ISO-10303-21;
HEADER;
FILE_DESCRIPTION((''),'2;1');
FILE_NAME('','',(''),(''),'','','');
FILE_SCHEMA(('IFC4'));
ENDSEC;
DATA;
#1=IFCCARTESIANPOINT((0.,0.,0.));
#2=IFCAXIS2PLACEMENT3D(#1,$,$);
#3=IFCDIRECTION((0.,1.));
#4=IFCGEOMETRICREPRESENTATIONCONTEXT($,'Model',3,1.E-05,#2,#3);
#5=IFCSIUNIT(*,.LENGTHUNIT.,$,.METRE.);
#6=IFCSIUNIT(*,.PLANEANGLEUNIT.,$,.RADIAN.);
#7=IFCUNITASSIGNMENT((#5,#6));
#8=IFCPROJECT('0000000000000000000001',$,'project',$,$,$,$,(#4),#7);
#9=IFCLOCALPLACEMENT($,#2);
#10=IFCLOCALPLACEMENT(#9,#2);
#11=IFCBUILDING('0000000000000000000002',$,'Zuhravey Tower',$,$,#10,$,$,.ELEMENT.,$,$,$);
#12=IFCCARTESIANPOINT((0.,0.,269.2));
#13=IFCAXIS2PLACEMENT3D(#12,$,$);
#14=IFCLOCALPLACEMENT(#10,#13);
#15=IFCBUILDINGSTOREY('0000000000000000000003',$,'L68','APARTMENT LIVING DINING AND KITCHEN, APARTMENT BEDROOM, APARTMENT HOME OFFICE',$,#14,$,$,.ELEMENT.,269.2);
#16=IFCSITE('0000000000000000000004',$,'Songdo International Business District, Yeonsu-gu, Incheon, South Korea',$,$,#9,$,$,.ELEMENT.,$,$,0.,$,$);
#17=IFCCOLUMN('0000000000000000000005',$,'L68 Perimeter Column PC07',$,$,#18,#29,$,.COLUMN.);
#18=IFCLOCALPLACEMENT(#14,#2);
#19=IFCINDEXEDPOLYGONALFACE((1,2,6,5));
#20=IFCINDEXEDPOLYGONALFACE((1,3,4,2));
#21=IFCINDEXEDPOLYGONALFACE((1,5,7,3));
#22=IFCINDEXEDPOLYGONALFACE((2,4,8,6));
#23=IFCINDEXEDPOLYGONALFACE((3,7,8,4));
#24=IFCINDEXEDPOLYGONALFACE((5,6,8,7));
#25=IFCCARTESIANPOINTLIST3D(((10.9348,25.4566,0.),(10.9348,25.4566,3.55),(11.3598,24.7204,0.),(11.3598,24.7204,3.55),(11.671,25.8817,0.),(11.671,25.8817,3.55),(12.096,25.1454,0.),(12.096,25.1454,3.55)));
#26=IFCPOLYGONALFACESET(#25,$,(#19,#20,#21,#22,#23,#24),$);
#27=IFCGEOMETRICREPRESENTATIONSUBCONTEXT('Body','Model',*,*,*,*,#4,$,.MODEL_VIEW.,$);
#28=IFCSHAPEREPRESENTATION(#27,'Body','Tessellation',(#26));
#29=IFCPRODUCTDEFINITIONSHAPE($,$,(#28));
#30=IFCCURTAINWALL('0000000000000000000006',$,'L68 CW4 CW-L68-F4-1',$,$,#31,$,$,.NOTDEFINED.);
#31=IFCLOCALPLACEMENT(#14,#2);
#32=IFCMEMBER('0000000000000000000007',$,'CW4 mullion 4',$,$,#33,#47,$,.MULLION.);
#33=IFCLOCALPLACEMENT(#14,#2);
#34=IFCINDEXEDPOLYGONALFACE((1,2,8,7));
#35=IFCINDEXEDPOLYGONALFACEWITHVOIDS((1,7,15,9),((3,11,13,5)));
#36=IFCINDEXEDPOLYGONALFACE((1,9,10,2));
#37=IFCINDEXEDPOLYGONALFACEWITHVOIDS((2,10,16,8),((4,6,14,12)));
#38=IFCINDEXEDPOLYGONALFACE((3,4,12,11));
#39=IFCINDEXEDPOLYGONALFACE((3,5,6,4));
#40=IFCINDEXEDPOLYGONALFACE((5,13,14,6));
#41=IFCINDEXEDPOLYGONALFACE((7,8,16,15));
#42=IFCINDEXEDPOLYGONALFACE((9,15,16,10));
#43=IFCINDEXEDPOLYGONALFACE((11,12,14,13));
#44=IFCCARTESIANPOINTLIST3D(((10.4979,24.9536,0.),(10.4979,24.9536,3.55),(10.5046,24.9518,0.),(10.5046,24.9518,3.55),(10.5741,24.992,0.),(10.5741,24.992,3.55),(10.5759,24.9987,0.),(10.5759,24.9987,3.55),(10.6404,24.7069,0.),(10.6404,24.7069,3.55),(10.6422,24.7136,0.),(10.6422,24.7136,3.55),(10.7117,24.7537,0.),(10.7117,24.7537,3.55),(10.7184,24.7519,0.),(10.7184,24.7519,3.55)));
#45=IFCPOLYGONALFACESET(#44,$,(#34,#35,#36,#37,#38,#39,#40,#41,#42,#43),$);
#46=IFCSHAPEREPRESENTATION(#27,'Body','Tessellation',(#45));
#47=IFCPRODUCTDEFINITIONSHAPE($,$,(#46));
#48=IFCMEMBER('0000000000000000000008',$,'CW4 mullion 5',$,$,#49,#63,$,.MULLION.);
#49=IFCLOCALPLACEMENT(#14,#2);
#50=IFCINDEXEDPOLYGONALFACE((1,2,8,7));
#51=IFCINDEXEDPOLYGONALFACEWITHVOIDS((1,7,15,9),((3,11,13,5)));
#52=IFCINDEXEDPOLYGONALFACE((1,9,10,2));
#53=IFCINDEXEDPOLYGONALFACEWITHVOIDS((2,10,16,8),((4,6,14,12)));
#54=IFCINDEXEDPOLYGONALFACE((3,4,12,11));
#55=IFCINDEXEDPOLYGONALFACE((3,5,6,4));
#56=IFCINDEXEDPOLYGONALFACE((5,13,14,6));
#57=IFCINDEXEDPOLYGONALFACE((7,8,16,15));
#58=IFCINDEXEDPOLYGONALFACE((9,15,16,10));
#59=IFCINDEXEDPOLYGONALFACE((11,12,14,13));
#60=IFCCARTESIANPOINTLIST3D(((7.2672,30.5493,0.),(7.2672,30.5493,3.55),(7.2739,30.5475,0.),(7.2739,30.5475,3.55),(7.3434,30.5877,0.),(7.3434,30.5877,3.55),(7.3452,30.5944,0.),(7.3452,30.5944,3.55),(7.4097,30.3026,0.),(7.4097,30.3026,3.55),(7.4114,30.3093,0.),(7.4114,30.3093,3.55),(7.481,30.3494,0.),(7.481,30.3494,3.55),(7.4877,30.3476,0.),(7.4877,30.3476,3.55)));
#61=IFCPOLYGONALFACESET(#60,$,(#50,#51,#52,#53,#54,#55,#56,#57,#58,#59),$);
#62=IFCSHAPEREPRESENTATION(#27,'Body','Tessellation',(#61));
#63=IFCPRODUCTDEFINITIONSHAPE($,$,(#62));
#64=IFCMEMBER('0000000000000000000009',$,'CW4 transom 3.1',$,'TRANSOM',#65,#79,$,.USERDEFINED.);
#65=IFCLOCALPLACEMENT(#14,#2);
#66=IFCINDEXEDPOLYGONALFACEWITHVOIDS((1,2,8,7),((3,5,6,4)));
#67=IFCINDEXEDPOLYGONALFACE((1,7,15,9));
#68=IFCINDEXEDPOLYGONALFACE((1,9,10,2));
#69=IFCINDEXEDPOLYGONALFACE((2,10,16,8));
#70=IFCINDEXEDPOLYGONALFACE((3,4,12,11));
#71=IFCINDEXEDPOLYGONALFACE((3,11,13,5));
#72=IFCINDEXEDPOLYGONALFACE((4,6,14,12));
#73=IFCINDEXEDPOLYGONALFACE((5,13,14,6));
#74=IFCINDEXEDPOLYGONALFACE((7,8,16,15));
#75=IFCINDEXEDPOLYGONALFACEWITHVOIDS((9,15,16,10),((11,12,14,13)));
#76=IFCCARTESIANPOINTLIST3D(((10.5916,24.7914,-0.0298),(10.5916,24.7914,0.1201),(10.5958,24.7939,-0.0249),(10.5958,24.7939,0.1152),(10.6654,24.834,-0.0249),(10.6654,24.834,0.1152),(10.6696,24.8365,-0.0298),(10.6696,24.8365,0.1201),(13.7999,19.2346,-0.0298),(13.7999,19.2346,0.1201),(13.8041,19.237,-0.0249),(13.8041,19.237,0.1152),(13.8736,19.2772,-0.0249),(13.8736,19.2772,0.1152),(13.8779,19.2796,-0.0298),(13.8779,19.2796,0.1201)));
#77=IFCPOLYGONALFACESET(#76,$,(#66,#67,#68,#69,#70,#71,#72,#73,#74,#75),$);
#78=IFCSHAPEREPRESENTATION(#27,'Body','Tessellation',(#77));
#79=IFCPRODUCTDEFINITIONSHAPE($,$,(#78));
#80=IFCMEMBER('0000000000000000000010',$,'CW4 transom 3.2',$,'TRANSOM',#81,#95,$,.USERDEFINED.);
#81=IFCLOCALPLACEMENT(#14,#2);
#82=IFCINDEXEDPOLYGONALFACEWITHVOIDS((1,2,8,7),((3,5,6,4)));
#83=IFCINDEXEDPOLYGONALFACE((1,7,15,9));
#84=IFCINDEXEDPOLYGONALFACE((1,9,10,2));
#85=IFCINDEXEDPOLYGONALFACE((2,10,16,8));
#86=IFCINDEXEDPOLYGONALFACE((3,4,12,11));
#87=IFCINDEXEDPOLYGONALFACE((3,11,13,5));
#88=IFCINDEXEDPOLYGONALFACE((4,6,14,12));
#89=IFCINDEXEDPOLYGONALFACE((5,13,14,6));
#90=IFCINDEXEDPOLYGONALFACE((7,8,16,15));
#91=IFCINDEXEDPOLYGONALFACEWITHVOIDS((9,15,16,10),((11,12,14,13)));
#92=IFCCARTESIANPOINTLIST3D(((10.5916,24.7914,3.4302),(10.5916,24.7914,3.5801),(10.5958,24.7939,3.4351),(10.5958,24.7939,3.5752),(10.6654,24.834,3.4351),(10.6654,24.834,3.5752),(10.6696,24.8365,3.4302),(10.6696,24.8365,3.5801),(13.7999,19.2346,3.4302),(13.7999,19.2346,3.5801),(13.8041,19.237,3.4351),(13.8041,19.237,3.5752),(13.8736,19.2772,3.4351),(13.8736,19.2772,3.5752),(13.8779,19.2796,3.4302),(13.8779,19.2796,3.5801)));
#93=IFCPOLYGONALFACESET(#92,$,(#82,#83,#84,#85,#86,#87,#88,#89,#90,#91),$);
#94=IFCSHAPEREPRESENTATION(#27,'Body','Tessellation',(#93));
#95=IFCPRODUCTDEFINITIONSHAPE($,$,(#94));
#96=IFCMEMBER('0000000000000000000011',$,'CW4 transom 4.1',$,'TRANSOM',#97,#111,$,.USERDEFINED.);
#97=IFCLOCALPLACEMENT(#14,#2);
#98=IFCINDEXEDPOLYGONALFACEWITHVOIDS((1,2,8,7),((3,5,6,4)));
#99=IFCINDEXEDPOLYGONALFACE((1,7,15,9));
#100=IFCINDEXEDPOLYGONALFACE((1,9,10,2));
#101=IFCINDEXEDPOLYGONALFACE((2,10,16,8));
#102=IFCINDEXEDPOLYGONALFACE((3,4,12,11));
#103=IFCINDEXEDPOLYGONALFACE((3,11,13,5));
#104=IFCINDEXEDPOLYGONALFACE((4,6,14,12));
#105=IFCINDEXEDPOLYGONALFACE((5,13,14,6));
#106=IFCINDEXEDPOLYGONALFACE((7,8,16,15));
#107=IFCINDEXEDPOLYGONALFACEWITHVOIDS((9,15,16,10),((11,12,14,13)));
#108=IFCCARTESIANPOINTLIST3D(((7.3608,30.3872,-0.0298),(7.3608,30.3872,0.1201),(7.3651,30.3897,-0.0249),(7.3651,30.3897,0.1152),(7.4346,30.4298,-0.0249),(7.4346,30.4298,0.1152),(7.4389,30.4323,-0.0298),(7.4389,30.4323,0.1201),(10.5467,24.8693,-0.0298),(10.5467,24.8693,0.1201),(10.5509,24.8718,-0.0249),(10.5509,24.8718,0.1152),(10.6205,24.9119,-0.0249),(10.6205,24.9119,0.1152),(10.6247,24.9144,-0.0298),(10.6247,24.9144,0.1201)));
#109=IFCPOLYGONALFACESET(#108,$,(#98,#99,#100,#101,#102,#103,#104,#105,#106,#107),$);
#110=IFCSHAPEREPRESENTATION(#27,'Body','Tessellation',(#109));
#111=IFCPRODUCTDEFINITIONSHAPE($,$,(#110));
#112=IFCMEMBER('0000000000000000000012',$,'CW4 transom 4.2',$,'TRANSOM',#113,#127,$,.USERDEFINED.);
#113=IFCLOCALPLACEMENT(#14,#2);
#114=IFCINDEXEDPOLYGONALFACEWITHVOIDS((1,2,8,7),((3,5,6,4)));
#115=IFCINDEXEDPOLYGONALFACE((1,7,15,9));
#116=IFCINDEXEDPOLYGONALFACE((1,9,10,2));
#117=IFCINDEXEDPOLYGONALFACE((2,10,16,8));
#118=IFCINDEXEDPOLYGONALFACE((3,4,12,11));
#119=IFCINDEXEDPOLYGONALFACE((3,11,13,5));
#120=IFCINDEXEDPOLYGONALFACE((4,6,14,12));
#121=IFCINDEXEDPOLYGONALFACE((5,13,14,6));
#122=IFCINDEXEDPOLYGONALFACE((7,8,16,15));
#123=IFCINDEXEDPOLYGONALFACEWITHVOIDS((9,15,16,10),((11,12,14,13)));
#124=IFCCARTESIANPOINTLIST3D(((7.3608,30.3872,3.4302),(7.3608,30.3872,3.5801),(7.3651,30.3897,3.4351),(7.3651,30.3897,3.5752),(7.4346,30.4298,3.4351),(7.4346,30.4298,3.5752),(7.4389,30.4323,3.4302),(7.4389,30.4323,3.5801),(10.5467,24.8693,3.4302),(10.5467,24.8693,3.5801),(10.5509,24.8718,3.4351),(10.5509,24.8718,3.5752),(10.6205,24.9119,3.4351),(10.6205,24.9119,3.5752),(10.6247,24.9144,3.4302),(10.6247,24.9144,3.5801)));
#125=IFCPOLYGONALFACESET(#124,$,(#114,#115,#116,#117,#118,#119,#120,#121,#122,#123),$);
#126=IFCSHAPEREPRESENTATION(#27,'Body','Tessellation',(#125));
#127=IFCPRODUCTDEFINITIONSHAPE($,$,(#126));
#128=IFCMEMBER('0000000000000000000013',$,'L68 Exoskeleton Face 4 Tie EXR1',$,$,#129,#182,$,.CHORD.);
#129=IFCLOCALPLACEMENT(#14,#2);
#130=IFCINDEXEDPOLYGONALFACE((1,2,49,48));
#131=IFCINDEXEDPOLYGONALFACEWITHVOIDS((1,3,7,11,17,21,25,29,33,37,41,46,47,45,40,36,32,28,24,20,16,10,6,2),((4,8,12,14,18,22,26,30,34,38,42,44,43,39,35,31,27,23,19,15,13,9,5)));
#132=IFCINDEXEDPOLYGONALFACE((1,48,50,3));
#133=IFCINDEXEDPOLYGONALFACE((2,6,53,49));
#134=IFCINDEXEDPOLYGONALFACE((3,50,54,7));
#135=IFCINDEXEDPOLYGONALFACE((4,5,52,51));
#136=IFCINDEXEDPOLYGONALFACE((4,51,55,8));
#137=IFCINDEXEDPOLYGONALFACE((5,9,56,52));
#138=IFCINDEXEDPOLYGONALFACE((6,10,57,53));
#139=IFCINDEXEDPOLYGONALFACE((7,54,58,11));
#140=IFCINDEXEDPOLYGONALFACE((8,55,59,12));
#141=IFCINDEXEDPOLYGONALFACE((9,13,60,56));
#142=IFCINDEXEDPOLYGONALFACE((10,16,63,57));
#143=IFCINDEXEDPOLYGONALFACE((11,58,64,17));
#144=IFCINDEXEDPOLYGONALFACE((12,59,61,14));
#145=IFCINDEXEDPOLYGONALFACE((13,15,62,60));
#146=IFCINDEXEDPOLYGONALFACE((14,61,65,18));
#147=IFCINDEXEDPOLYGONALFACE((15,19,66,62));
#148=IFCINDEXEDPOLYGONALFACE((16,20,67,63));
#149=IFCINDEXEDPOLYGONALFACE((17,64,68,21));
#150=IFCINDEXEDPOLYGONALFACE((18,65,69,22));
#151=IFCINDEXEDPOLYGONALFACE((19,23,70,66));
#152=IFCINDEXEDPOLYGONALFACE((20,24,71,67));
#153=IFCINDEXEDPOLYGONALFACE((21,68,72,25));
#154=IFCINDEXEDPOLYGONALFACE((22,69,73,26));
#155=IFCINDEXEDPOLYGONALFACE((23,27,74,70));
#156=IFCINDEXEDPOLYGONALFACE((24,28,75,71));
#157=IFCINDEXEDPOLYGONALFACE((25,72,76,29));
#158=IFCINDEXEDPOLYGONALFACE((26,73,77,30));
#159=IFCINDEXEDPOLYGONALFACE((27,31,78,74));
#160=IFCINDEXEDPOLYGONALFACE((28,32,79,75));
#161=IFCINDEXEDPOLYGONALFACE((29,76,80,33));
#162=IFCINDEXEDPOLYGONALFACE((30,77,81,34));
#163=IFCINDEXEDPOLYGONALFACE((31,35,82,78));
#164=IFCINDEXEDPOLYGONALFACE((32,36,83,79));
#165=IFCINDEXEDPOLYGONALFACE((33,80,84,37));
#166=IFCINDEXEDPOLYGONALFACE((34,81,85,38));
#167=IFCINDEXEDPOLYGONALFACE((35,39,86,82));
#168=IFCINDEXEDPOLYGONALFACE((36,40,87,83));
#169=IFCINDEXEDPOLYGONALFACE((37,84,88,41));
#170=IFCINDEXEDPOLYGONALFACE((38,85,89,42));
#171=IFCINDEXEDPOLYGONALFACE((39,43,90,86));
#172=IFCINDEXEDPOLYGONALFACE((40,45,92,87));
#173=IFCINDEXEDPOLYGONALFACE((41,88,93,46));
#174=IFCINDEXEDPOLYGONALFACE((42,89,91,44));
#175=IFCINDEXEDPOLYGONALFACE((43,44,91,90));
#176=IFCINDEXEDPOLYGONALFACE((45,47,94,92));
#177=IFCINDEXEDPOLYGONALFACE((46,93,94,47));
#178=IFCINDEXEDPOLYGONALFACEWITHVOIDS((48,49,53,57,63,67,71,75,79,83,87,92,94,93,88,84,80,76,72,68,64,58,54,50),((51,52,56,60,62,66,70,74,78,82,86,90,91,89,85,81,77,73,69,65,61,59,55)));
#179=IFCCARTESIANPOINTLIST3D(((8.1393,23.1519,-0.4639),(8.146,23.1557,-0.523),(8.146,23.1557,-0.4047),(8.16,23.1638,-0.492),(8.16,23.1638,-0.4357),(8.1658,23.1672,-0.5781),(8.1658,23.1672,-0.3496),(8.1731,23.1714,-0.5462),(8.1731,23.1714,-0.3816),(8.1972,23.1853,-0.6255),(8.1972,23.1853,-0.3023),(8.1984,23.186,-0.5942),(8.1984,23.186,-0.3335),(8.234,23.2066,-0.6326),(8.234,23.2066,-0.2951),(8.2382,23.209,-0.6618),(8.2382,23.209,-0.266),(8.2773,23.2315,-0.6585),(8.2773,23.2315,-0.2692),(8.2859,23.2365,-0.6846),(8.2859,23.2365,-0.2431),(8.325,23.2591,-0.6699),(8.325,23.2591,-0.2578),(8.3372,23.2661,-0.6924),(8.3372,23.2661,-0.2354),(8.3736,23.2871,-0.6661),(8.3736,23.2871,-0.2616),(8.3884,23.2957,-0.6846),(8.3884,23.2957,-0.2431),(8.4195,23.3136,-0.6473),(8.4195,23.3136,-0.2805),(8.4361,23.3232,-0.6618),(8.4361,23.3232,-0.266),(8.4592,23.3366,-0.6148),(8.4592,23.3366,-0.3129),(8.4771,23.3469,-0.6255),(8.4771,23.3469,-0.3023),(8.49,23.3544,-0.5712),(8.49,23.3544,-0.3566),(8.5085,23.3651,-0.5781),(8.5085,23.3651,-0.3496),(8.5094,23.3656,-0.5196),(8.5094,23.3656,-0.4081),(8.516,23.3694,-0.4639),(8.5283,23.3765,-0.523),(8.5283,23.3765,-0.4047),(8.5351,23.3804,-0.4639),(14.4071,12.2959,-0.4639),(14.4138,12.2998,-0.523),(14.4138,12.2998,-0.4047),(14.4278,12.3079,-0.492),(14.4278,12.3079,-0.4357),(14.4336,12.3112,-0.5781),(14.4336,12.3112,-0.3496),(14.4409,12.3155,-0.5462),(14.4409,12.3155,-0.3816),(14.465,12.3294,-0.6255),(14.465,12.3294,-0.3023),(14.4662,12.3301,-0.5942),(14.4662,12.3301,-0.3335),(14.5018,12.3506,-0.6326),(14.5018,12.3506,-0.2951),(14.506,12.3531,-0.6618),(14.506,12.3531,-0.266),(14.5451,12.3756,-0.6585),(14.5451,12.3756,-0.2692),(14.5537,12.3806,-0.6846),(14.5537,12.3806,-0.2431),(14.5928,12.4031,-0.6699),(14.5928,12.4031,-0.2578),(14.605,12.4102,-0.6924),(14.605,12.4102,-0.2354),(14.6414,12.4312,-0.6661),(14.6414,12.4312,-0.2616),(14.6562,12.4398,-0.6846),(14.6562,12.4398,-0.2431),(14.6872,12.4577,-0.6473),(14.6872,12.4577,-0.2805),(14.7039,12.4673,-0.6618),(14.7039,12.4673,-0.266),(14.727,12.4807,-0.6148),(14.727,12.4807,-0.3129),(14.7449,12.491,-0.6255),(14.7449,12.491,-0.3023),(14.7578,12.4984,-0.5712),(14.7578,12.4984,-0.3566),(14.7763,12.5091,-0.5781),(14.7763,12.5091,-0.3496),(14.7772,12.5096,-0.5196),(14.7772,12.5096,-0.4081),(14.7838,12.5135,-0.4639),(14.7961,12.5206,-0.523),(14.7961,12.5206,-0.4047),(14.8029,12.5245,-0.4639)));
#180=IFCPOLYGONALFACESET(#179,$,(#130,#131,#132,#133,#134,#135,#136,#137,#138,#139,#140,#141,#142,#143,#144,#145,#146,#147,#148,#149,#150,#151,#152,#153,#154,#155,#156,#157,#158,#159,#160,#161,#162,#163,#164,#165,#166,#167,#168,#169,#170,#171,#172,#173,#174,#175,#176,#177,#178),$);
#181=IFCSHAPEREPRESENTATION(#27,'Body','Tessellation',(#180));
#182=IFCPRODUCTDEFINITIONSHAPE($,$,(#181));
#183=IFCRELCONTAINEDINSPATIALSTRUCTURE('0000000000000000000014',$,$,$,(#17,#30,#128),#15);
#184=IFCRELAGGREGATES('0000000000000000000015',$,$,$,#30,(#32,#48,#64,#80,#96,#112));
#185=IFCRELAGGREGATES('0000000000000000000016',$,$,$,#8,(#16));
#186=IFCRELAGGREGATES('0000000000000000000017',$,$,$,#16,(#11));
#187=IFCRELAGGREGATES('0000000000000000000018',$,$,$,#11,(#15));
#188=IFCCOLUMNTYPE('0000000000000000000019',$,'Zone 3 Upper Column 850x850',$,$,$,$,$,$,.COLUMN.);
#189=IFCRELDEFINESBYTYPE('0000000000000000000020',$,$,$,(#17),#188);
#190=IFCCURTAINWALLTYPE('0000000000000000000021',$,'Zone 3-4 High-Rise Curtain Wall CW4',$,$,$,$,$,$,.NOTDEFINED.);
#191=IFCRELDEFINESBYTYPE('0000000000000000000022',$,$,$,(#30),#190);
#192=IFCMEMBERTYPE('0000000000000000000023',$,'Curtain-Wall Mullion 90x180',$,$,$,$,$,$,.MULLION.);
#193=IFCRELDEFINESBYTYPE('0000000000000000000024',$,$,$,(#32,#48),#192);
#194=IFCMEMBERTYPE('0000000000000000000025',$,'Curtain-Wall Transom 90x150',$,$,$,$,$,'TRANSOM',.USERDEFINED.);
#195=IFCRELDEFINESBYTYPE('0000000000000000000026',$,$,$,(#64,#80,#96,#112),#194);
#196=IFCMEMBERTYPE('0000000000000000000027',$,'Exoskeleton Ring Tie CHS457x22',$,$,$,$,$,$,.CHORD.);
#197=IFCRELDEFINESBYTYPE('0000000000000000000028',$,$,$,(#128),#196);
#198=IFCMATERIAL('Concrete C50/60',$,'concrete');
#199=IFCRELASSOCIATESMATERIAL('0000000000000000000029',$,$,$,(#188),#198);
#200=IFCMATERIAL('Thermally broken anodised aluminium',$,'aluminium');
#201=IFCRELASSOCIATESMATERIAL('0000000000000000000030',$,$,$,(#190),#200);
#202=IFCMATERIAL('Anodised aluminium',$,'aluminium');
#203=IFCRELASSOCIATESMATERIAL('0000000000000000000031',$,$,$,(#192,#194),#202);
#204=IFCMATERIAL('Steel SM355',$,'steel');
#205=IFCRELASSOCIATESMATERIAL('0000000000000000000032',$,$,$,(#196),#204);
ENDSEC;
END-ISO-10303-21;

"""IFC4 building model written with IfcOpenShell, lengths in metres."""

from ifc_helpers import new_model, si_unit, direction, frame, origin, origin_2d, place, context, subcontext, project, spatial, rectangle, hollow_rectangle, hollow_circle, extrude, material, material_profile, profile_set, type_object, element, aggregate, save


model = new_model("IFC4")

# Units and contexts
model_context = context("Model", 3, precision=1e-05, world=origin(), true_north=direction((0.0, 1.0)))
body_context = subcontext(model_context, "Body", "Model", "MODEL_VIEW")
ifc_project = project(units=[si_unit("LENGTHUNIT", "METRE"), si_unit("PLANEANGLEUNIT", "RADIAN")], contexts=[model_context])

# Site, building, storey
site_placement = place(None, origin())
site = spatial("IfcSite", under=ifc_project, at=site_placement, Name="Songdo International Business District, Yeonsu-gu, Incheon, South Korea", CompositionType="ELEMENT", RefElevation=0.0)
building_placement = place(site_placement, origin())
building = spatial("IfcBuilding", under=site, at=building_placement, Name="Zuhravey Tower", CompositionType="ELEMENT")
storey_placement = place(building_placement, frame((0.0, 0.0, 269.2)))
storey = spatial("IfcBuildingStorey", under=building, at=storey_placement, Name="L68", Description="APARTMENT LIVING DINING AND KITCHEN, APARTMENT BEDROOM, APARTMENT HOME OFFICE", CompositionType="ELEMENT", Elevation=269.2)

# Column
ifc_material_1 = material(Name="Concrete C50/60", Category="concrete")
ifc_material_profile_1 = material_profile(ifc_material_1, rectangle(XDim=0.8501, YDim=0.8501, at=origin_2d()), Name="RC-850x850")
ifc_profile_set_1 = profile_set([ifc_material_profile_1], Name="Concrete C50/60")
column_type = type_object("IfcColumnType", Name="Zone 3 Upper Column 850x850", PredefinedType="COLUMN", material=ifc_profile_set_1)
column_placement = place(storey_placement, frame((11.5154, 25.301, 0.0), z_axis=(0.0, 0.0, 1.0), x_axis=(0.5, -0.866025, 0.0)))
element("IfcColumn", 1, at=column_placement, inside=storey, type_object=column_type, Name="L68 Perimeter Column PC07", PredefinedType="COLUMN", context=body_context, shape_type="SweptSolid", body=[
    extrude(rectangle(XDim=0.8501, YDim=0.8501, at=origin_2d()), origin(), (0.0, 0.0, 1.0), 3.55),
])

# Curtain wall, members
ifc_material_2 = material(Name="Thermally broken anodised aluminium", Category="aluminium")
curtain_wall_type = type_object("IfcCurtainWallType", Name="Zone 3-4 High-Rise Curtain Wall CW4", PredefinedType="NOTDEFINED", material=ifc_material_2)
curtain_wall_placement = place(storey_placement, origin())
curtain_wall = element("IfcCurtainWall", 2, at=curtain_wall_placement, inside=storey, type_object=curtain_wall_type, Name="L68 CW4 CW-L68-F4-1", PredefinedType="NOTDEFINED")
ifc_material_3 = material(Name="Anodised aluminium", Category="aluminium")
ifc_material_profile_2 = material_profile(ifc_material_3, hollow_rectangle(XDim=0.0901, YDim=0.2849, WallThickness=0.0049, at=origin_2d()), Name="ALU-RHS-90x285x5")
ifc_profile_set_2 = profile_set([ifc_material_profile_2], Name="Anodised aluminium")
member_type_1 = type_object("IfcMemberType", Name="Curtain-Wall Mullion 90x180", PredefinedType="MULLION", material=ifc_profile_set_2)
member_1_placement = place(storey_placement, frame((10.6082, 24.8528, 0.0), z_axis=(0.0, 0.0, 1.0), x_axis=(-0.866025, -0.500001, 0.0)))
member_1 = element("IfcMember", 3, at=member_1_placement, type_object=member_type_1, Name="CW4 mullion 4", PredefinedType="MULLION", context=body_context, shape_type="SweptSolid", body=[
    extrude(hollow_rectangle(XDim=0.0901, YDim=0.2849, WallThickness=0.0049, at=origin_2d()), origin(), (0.0, 0.0, 1.0), 3.55),
])
member_2_placement = place(storey_placement, frame((7.3774, 30.4485, 0.0), z_axis=(0.0, 0.0, 1.0), x_axis=(-0.866025, -0.500001, 0.0)))
member_2 = element("IfcMember", 4, at=member_2_placement, type_object=member_type_1, Name="CW4 mullion 5", PredefinedType="MULLION", context=body_context, shape_type="SweptSolid", body=[
    extrude(hollow_rectangle(XDim=0.0901, YDim=0.2849, WallThickness=0.0049, at=origin_2d()), origin(), (0.0, 0.0, 1.0), 3.55),
])
ifc_material_profile_3 = material_profile(ifc_material_3, hollow_rectangle(XDim=0.0901, YDim=0.1499, WallThickness=0.0049, at=origin_2d()), Name="ALU-RHS-90x150x5")
ifc_profile_set_3 = profile_set([ifc_material_profile_3], Name="Anodised aluminium")
member_type_2 = type_object("IfcMemberType", Name="Curtain-Wall Transom 90x150", ElementType="TRANSOM", PredefinedType="USERDEFINED", material=ifc_profile_set_3)
member_3_placement = place(storey_placement, frame((13.8389, 19.2571, 0.0452), z_axis=(-0.499998, 0.866027, 0.0), x_axis=(-0.866027, -0.499998, 0.0)))
member_3 = element("IfcMember", 5, at=member_3_placement, type_object=member_type_2, Name="CW4 transom 3.1", ObjectType="TRANSOM", PredefinedType="USERDEFINED", context=body_context, shape_type="SweptSolid", body=[
    extrude(hollow_rectangle(XDim=0.0901, YDim=0.1499, WallThickness=0.0049, at=origin_2d()), origin(), (0.0, 0.0, 1.0), 6.4165),
])
member_4_placement = place(storey_placement, frame((13.8389, 19.2571, 3.5051), z_axis=(-0.499998, 0.866027, 0.0), x_axis=(-0.866027, -0.499998, 0.0)))
member_4 = element("IfcMember", 6, at=member_4_placement, type_object=member_type_2, Name="CW4 transom 3.2", ObjectType="TRANSOM", PredefinedType="USERDEFINED", context=body_context, shape_type="SweptSolid", body=[
    extrude(hollow_rectangle(XDim=0.0901, YDim=0.1499, WallThickness=0.0049, at=origin_2d()), origin(), (0.0, 0.0, 1.0), 6.4165),
])
member_5_placement = place(storey_placement, frame((10.5857, 24.8918, 0.0452), z_axis=(-0.500009, 0.86602, 0.0), x_axis=(-0.86602, -0.500009, 0.0)))
member_5 = element("IfcMember", 7, at=member_5_placement, type_object=member_type_2, Name="CW4 transom 4.1", ObjectType="TRANSOM", PredefinedType="USERDEFINED", context=body_context, shape_type="SweptSolid", body=[
    extrude(hollow_rectangle(XDim=0.0901, YDim=0.1499, WallThickness=0.0049, at=origin_2d()), origin(), (0.0, 0.0, 1.0), 6.3716),
])
member_6_placement = place(storey_placement, frame((10.5857, 24.8918, 3.5051), z_axis=(-0.500009, 0.86602, 0.0), x_axis=(-0.86602, -0.500009, 0.0)))
member_6 = element("IfcMember", 8, at=member_6_placement, type_object=member_type_2, Name="CW4 transom 4.2", ObjectType="TRANSOM", PredefinedType="USERDEFINED", context=body_context, shape_type="SweptSolid", body=[
    extrude(hollow_rectangle(XDim=0.0901, YDim=0.1499, WallThickness=0.0049, at=origin_2d()), origin(), (0.0, 0.0, 1.0), 6.3716),
])

# Member
ifc_material_4 = material(Name="Steel SM355", Category="steel")
ifc_material_profile_4 = material_profile(ifc_material_4, hollow_circle(Radius=0.2285, WallThickness=0.022, at=origin_2d()), Name="CHS-457.2x22")
ifc_profile_set_4 = profile_set([ifc_material_profile_4], Name="Steel SM355")
member_type_3 = type_object("IfcMemberType", Name="Exoskeleton Ring Tie CHS457x22", PredefinedType="CHORD", material=ifc_profile_set_4)
member_7_placement = place(storey_placement, frame((8.3372, 23.2661, -0.4639), z_axis=(0.500008, -0.866021, 0.0), x_axis=(0.866021, 0.500008, 0.0)))
element("IfcMember", 9, at=member_7_placement, inside=storey, type_object=member_type_3, Name="L68 Exoskeleton Face 4 Tie EXR1", PredefinedType="CHORD", context=body_context, shape_type="SweptSolid", body=[
    extrude(hollow_circle(Radius=0.2285, WallThickness=0.022, at=origin_2d()), origin(), (0.0, 0.0, 1.0), 12.5354),
])

aggregate(curtain_wall, [member_1, member_2, member_3, member_4, member_5, member_6])

save(model, "model.ifc")
